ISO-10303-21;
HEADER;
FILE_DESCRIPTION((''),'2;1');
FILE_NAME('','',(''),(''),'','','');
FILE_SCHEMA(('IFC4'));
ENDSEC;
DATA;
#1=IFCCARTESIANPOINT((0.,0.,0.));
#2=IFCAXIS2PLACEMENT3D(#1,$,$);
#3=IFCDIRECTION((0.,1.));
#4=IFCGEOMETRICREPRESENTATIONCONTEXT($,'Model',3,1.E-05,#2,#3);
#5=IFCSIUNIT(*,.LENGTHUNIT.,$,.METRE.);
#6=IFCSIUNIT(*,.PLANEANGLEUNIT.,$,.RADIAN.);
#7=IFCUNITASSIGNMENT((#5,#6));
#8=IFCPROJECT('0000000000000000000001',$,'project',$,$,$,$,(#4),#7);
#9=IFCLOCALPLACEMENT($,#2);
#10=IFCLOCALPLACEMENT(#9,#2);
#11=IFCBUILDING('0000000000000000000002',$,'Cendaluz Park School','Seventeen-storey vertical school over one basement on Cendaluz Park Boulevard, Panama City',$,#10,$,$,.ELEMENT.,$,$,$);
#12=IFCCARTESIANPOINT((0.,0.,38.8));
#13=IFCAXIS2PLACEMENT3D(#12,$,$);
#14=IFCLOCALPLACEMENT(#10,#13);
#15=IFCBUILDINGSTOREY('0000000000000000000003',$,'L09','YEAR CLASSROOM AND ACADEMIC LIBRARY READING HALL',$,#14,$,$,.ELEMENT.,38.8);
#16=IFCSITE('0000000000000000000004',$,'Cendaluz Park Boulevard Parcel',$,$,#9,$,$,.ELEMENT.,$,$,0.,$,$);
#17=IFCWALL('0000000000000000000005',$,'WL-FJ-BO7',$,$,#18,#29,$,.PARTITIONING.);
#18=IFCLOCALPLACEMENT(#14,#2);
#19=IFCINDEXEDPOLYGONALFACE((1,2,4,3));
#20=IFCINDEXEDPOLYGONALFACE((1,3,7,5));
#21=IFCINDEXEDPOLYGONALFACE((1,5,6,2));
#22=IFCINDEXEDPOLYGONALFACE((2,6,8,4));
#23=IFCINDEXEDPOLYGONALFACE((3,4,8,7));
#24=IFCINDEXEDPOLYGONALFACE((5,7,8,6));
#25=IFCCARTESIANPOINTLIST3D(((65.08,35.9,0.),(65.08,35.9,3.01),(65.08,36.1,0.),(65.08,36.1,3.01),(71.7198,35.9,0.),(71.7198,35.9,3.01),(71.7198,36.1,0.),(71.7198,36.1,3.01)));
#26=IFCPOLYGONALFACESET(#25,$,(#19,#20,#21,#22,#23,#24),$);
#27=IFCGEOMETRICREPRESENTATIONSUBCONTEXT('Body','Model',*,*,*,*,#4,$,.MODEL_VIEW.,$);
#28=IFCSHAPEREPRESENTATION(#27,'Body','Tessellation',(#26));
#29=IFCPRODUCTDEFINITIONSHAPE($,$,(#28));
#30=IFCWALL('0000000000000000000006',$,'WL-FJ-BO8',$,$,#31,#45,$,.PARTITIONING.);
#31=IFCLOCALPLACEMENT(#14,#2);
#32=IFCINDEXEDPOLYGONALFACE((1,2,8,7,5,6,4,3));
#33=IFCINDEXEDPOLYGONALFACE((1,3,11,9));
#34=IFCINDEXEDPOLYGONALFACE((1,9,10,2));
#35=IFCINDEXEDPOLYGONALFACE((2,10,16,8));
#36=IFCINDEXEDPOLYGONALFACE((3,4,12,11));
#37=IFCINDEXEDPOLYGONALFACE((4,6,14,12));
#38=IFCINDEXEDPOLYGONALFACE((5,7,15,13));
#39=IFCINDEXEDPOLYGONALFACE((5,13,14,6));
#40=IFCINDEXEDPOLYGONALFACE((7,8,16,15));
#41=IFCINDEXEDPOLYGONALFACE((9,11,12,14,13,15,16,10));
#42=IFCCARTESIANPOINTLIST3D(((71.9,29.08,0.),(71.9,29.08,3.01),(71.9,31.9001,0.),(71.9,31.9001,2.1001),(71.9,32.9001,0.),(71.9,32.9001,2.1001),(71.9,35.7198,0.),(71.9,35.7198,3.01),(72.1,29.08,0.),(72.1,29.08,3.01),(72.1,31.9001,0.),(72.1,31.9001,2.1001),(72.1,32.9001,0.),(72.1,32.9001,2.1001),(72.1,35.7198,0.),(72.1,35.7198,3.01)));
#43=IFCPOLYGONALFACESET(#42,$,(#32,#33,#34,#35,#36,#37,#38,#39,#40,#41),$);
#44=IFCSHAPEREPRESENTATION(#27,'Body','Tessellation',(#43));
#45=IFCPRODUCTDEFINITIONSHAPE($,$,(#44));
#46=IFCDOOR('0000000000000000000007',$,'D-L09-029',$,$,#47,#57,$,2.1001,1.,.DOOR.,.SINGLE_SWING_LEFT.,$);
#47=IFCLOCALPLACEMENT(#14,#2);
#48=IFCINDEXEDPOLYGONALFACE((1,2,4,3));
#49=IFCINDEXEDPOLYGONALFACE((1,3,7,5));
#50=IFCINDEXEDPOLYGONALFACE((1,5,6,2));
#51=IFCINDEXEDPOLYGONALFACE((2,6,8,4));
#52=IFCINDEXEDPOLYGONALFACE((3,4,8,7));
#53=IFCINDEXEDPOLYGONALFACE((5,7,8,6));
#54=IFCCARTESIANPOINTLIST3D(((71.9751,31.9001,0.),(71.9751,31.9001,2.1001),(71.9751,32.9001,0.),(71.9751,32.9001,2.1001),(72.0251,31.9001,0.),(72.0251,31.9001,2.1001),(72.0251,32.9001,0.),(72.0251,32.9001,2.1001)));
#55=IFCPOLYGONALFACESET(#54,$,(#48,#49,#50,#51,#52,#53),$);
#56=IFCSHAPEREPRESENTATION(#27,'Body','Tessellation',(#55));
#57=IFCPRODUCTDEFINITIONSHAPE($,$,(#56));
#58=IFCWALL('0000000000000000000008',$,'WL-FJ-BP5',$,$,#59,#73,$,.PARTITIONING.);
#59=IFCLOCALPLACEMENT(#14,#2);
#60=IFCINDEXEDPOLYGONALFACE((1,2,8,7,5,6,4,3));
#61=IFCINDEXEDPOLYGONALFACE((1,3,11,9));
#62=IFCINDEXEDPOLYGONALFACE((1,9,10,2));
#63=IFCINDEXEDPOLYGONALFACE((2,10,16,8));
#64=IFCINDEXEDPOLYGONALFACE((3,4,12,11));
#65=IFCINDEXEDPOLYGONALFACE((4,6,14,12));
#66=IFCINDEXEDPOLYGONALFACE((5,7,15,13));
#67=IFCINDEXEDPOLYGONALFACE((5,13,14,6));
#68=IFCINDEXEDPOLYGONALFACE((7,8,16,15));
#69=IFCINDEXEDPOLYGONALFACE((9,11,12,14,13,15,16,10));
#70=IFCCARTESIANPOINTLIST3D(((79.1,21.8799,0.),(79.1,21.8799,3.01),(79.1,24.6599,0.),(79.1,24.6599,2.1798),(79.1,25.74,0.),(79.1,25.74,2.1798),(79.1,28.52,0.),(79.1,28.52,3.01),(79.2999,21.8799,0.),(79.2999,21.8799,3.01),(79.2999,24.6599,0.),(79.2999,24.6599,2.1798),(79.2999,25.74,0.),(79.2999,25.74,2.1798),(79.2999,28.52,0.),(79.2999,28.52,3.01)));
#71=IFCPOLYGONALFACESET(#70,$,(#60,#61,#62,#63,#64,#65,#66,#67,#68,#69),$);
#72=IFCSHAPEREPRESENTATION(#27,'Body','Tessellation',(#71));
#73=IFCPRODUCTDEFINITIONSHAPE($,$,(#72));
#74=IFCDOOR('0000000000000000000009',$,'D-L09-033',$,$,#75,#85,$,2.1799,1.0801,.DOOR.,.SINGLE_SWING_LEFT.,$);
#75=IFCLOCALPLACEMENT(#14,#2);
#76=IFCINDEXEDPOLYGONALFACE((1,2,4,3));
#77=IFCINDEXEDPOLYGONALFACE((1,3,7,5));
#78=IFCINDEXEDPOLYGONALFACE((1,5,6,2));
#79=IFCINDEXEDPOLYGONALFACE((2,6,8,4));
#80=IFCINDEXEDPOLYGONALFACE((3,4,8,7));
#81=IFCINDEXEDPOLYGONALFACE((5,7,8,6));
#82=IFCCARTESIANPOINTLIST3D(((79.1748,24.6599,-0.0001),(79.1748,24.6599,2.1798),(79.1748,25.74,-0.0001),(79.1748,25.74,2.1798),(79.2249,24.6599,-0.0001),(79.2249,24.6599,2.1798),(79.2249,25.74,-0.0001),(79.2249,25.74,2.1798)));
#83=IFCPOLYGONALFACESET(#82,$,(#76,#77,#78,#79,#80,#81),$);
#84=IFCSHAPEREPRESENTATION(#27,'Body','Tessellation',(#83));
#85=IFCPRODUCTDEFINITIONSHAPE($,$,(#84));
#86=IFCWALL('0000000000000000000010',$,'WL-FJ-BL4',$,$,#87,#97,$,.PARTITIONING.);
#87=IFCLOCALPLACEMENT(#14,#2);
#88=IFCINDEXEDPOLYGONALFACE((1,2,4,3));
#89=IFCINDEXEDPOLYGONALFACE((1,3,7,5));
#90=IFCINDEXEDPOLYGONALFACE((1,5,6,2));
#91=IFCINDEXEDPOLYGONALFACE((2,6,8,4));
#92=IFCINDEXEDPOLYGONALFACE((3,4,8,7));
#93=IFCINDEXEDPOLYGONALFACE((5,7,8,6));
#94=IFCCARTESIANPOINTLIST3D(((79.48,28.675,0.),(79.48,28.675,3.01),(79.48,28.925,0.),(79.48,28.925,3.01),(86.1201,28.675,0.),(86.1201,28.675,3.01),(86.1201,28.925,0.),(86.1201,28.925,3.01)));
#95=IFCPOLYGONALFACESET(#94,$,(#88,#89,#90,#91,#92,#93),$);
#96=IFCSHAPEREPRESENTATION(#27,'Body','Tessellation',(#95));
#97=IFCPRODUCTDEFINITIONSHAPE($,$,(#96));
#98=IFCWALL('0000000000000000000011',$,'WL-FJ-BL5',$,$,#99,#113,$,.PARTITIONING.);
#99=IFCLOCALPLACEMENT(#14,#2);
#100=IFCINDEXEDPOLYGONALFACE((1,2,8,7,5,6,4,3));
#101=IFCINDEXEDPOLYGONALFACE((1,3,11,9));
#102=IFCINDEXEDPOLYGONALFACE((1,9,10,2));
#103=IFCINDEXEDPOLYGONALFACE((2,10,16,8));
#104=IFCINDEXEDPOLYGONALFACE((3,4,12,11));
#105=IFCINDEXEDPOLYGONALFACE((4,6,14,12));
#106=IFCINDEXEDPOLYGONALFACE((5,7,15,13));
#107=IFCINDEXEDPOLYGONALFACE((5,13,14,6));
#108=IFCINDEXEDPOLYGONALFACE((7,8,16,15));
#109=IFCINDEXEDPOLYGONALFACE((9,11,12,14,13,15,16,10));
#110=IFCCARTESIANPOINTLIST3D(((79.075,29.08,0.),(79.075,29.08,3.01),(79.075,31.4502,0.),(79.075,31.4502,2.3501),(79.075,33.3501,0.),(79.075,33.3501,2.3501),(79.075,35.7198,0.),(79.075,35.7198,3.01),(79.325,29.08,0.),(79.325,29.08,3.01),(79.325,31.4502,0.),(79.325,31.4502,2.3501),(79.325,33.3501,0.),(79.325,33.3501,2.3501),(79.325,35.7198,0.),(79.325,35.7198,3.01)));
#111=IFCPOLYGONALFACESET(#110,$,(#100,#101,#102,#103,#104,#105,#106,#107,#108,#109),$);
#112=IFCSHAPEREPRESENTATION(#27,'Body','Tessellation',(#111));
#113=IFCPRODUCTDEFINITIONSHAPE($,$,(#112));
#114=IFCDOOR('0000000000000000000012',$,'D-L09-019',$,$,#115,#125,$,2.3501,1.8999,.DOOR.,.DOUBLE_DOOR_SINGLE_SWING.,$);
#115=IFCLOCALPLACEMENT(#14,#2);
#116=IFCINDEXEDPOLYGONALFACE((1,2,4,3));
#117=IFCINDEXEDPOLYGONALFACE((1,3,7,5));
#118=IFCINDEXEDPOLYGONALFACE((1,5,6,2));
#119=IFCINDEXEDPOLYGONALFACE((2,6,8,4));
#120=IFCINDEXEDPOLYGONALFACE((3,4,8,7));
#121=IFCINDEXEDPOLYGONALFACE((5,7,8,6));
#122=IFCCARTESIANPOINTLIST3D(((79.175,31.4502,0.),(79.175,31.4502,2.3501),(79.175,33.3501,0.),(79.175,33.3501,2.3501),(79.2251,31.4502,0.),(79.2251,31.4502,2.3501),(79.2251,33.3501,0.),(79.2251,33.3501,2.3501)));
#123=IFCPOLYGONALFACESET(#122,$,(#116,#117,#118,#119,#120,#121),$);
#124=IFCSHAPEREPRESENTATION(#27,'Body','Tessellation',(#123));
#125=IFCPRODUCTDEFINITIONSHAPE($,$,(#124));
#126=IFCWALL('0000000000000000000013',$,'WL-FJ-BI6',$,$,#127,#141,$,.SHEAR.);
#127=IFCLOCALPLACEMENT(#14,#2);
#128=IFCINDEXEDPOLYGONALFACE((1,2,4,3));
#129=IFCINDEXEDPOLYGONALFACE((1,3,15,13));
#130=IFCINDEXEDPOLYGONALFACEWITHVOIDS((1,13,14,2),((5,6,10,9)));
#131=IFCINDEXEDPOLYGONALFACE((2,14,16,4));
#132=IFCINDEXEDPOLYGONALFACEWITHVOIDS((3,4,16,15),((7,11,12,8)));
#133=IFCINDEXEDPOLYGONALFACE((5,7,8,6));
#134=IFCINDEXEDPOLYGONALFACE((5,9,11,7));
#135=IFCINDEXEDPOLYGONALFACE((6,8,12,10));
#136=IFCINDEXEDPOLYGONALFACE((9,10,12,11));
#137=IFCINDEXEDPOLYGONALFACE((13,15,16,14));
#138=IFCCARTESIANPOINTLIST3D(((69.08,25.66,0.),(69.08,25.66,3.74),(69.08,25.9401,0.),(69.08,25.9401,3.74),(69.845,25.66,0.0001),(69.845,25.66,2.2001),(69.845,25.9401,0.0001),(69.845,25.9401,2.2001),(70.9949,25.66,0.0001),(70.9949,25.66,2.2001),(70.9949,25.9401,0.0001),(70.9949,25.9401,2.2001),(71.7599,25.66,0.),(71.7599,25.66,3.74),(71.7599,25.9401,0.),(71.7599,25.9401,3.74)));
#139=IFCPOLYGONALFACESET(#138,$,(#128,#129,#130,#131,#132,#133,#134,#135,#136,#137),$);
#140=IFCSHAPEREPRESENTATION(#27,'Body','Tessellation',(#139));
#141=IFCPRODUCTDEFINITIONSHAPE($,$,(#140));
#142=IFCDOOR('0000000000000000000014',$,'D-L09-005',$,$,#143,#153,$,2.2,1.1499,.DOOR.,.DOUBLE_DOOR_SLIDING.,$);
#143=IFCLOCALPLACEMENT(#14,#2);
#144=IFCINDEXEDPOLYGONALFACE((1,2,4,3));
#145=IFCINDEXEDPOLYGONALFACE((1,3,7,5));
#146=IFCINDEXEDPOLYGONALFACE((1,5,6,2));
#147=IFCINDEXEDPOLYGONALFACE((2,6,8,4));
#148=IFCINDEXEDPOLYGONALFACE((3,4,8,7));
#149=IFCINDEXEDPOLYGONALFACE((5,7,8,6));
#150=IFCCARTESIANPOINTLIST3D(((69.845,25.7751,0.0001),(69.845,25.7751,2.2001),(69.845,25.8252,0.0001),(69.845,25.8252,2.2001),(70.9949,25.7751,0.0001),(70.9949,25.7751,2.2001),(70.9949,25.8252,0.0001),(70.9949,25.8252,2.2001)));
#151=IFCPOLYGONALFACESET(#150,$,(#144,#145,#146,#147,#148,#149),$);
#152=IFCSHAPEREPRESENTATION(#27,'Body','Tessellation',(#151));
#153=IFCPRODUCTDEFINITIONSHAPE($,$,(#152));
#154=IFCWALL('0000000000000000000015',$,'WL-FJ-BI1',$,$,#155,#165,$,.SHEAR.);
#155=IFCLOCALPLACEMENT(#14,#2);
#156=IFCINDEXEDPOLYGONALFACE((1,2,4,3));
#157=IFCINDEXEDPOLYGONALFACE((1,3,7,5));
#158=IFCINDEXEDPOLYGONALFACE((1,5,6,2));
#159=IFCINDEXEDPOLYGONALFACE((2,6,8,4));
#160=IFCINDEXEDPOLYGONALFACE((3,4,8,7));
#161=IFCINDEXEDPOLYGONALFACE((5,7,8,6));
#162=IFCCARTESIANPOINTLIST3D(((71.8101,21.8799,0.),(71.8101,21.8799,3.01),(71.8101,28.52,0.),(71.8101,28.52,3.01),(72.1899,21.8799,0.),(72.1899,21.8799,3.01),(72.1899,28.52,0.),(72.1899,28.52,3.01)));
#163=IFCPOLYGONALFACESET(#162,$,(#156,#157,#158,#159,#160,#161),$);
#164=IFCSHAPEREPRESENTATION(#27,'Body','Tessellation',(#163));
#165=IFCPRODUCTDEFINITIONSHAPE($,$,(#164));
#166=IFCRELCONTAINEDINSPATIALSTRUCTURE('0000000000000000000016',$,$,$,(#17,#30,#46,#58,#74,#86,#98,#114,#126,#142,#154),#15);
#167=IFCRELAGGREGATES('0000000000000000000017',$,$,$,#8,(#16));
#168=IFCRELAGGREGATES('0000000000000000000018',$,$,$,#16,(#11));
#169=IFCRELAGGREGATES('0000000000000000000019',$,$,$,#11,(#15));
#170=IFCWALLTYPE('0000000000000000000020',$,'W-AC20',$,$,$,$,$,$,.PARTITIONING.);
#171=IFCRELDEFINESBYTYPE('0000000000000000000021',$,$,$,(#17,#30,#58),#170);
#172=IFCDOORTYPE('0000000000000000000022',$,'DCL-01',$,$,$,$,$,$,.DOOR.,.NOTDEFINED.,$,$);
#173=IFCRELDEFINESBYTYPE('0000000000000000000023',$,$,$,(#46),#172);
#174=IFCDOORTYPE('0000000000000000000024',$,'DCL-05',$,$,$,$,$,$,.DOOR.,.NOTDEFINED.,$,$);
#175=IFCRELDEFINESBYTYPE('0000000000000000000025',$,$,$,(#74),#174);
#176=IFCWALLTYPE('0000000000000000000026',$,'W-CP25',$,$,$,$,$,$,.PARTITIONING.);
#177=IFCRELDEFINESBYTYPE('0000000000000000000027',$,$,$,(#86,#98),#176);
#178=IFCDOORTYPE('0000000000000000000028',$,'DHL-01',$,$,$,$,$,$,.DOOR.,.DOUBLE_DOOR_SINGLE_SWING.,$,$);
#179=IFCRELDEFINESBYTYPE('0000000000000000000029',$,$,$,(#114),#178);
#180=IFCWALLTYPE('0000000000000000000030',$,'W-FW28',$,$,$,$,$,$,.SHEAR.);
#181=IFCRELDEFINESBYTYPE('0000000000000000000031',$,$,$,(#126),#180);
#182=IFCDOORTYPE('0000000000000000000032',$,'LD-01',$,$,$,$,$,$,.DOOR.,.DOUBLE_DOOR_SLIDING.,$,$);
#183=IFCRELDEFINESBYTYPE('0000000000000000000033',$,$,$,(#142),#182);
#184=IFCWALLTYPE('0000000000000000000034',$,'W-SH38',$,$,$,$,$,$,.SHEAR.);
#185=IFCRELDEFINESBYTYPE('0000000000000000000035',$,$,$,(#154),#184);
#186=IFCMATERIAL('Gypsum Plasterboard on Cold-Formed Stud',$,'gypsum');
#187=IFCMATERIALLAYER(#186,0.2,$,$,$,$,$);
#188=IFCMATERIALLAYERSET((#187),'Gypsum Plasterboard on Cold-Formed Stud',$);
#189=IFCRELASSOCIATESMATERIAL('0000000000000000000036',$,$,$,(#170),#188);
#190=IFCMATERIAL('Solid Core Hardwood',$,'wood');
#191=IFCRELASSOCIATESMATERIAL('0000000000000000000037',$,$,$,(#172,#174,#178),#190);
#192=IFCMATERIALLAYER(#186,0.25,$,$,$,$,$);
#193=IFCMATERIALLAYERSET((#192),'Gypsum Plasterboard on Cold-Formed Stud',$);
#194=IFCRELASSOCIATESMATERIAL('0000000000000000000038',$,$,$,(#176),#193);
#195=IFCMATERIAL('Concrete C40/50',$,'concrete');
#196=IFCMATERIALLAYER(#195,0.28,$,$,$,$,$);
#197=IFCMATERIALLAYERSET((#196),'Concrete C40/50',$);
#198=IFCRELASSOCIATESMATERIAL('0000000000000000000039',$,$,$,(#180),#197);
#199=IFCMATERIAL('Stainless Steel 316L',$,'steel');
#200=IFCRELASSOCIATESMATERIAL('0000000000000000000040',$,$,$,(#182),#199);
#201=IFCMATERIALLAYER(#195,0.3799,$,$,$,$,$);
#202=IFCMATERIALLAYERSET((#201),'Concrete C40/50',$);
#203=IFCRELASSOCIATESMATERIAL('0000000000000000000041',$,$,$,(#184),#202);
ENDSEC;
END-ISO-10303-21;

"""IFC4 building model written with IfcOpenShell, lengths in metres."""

from ifc_helpers import new_model, si_unit, direction, frame, frame_2d, origin, place, context, subcontext, project, spatial, rectangle, extrude, material, layer, layer_set, type_object, element, fill, save


model = new_model("IFC4")

# Units and contexts
model_context = context("Model", 3, precision=1e-05, world=origin(), true_north=direction((0.0, 1.0)))
body_context = subcontext(model_context, "Body", "Model", "MODEL_VIEW")
ifc_project = project(units=[si_unit("LENGTHUNIT", "METRE"), si_unit("PLANEANGLEUNIT", "RADIAN")], contexts=[model_context])

# Site, building, storey
site_placement = place(None, origin())
site = spatial("IfcSite", under=ifc_project, at=site_placement, Name="Cendaluz Park Boulevard Parcel", CompositionType="ELEMENT", RefElevation=0.0)
building_placement = place(site_placement, origin())
building = spatial("IfcBuilding", under=site, at=building_placement, Name="Cendaluz Park School", Description="Seventeen-storey vertical school over one basement on Cendaluz Park Boulevard, Panama City", CompositionType="ELEMENT")
storey_placement = place(building_placement, frame((0.0, 0.0, 38.8)))
storey = spatial("IfcBuildingStorey", under=building, at=storey_placement, Name="L09", Description="YEAR CLASSROOM AND ACADEMIC LIBRARY READING HALL", CompositionType="ELEMENT", Elevation=38.8)

# Wall
ifc_material_1 = material(Name="Gypsum Plasterboard on Cold-Formed Stud", Category="gypsum")
ifc_layer_1 = layer(ifc_material_1, 0.2)
ifc_layer_set_1 = layer_set([ifc_layer_1], Name="Gypsum Plasterboard on Cold-Formed Stud")
wall_type_1 = type_object("IfcWallType", Name="W-AC20", PredefinedType="PARTITIONING", material=ifc_layer_set_1)
wall_1_placement = place(storey_placement, frame((65.0801, 36.0, 0.0), z_axis=(0.0, 0.0, 1.0), x_axis=(1.0, 0.0, 0.0)))
element("IfcWall", 1, at=wall_1_placement, inside=storey, type_object=wall_type_1, Name="WL-FJ-BO7", PredefinedType="PARTITIONING", context=body_context, shape_type="SweptSolid", body=[
    extrude(rectangle(XDim=6.6399, YDim=0.2, at=frame_2d((3.3198, 0.0))), origin(), (0.0, 0.0, 1.0), 3.01),
])

# Walls, openings, doors
wall_2_placement = place(storey_placement, frame((72.0, 29.0801, 0.0), z_axis=(0.0, 0.0, 1.0), x_axis=(0.0, 1.0, 0.0)))
wall_2 = element("IfcWall", 2, at=wall_2_placement, inside=storey, type_object=wall_type_1, Name="WL-FJ-BO8", PredefinedType="PARTITIONING", context=body_context, shape_type="SweptSolid", body=[
    extrude(rectangle(XDim=6.6399, YDim=0.2, at=frame_2d((3.3198, 0.0))), origin(), (0.0, 0.0, 1.0), 3.01),
])
opening_1_placement = place(wall_2_placement, frame((2.8201, 0.0, 0.0)))
opening_1 = element("IfcOpeningElement", 3, at=opening_1_placement, cuts=wall_2, PredefinedType="OPENING", context=body_context, shape_type="SweptSolid", body=[
    extrude(rectangle(XDim=1.0, YDim=2.1001, at=frame_2d((0.5, 1.05))), frame((0.0, 0.1121, 0.0), z_axis=(0.0, -1.0, 0.0), x_axis=(1.0, 0.0, 0.0)), (0.0, 0.0, 1.0), 0.2239),
])
ifc_material_2 = material(Name="Solid Core Hardwood", Category="wood")
door_type_1 = type_object("IfcDoorType", Name="DCL-01", OperationType="NOTDEFINED", PredefinedType="DOOR", material=ifc_material_2)
door_1_placement = place(opening_1_placement, origin())
door_1 = element("IfcDoor", 4, at=door_1_placement, inside=storey, type_object=door_type_1, Name="D-L09-029", OperationType="SINGLE_SWING_LEFT", OverallHeight=2.1001, OverallWidth=1.0, PredefinedType="DOOR", context=body_context, shape_type="SweptSolid", body=[
    extrude(rectangle(XDim=1.0, YDim=2.1001, at=frame_2d((0.5, 1.05))), frame((0.0, 0.0249, 0.0), z_axis=(0.0, -1.0, 0.0), x_axis=(1.0, 0.0, 0.0)), (0.0, 0.0, 1.0), 0.05),
])
fill(opening_1, door_1)
wall_3_placement = place(storey_placement, frame((79.2, 21.8799, 0.0), z_axis=(0.0, 0.0, 1.0), x_axis=(0.0, 1.0, 0.0)))
wall_3 = element("IfcWall", 5, at=wall_3_placement, inside=storey, type_object=wall_type_1, Name="WL-FJ-BP5", PredefinedType="PARTITIONING", context=body_context, shape_type="SweptSolid", body=[
    extrude(rectangle(XDim=6.6401, YDim=0.2, at=frame_2d((3.3201, 0.0))), origin(), (0.0, 0.0, 1.0), 3.01),
])
opening_2_placement = place(wall_3_placement, frame((2.78, 0.0, 0.0)))
opening_2 = element("IfcOpeningElement", 6, at=opening_2_placement, cuts=wall_3, PredefinedType="OPENING", context=body_context, shape_type="SweptSolid", body=[
    extrude(rectangle(XDim=1.0801, YDim=2.1799, at=frame_2d((0.54, 1.0898))), frame((0.0, 0.1121, 0.0), z_axis=(0.0, -1.0, 0.0), x_axis=(1.0, 0.0, 0.0)), (0.0, 0.0, 1.0), 0.2239),
])
door_type_2 = type_object("IfcDoorType", Name="DCL-05", OperationType="NOTDEFINED", PredefinedType="DOOR", material=ifc_material_2)
door_2_placement = place(opening_2_placement, frame((1.0801, 0.0, 0.0), z_axis=(0.0, 0.0, 1.0), x_axis=(-1.0, 0.0, 0.0)))
door_2 = element("IfcDoor", 7, at=door_2_placement, inside=storey, type_object=door_type_2, Name="D-L09-033", OperationType="SINGLE_SWING_LEFT", OverallHeight=2.1799, OverallWidth=1.0801, PredefinedType="DOOR", context=body_context, shape_type="SweptSolid", body=[
    extrude(rectangle(XDim=1.0801, YDim=2.1799, at=frame_2d((0.54, 1.0898))), frame((0.0, 0.0249, 0.0), z_axis=(0.0, -1.0, 0.0), x_axis=(1.0, 0.0, 0.0)), (0.0, 0.0, 1.0), 0.05),
])
fill(opening_2, door_2)

# Wall
ifc_layer_2 = layer(ifc_material_1, 0.25)
ifc_layer_set_2 = layer_set([ifc_layer_2], Name="Gypsum Plasterboard on Cold-Formed Stud")
wall_type_2 = type_object("IfcWallType", Name="W-CP25", PredefinedType="PARTITIONING", material=ifc_layer_set_2)
wall_4_placement = place(storey_placement, frame((79.48, 28.8, 0.0), z_axis=(0.0, 0.0, 1.0), x_axis=(1.0, 0.0, 0.0)))
element("IfcWall", 8, at=wall_4_placement, inside=storey, type_object=wall_type_2, Name="WL-FJ-BL4", PredefinedType="PARTITIONING", context=body_context, shape_type="SweptSolid", body=[
    extrude(rectangle(XDim=6.6401, YDim=0.25, at=frame_2d((3.3201, 0.0))), origin(), (0.0, 0.0, 1.0), 3.01),
])

# Walls, openings, doors
wall_5_placement = place(storey_placement, frame((79.2, 29.0801, 0.0), z_axis=(0.0, 0.0, 1.0), x_axis=(0.0, 1.0, 0.0)))
wall_5 = element("IfcWall", 9, at=wall_5_placement, inside=storey, type_object=wall_type_2, Name="WL-FJ-BL5", PredefinedType="PARTITIONING", context=body_context, shape_type="SweptSolid", body=[
    extrude(rectangle(XDim=6.6399, YDim=0.25, at=frame_2d((3.3198, 0.0))), origin(), (0.0, 0.0, 1.0), 3.01),
])
opening_3_placement = place(wall_5_placement, frame((2.3701, 0.0, 0.0)))
opening_3 = element("IfcOpeningElement", 10, at=opening_3_placement, cuts=wall_5, PredefinedType="OPENING", context=body_context, shape_type="SweptSolid", body=[
    extrude(rectangle(XDim=1.8999, YDim=2.3501, at=frame_2d((0.95, 1.175))), frame((0.0, 0.137, 0.0), z_axis=(0.0, -1.0, 0.0), x_axis=(1.0, 0.0, 0.0)), (0.0, 0.0, 1.0), 0.2739),
])
door_type_3 = type_object("IfcDoorType", Name="DHL-01", OperationType="DOUBLE_DOOR_SINGLE_SWING", PredefinedType="DOOR", material=ifc_material_2)
door_3_placement = place(opening_3_placement, origin())
door_3 = element("IfcDoor", 11, at=door_3_placement, inside=storey, type_object=door_type_3, Name="D-L09-019", OperationType="DOUBLE_DOOR_SINGLE_SWING", OverallHeight=2.3501, OverallWidth=1.8999, PredefinedType="DOOR", context=body_context, shape_type="SweptSolid", body=[
    extrude(rectangle(XDim=1.8999, YDim=2.3501, at=frame_2d((0.95, 1.175))), frame((0.0, 0.0249, 0.0), z_axis=(0.0, -1.0, 0.0), x_axis=(1.0, 0.0, 0.0)), (0.0, 0.0, 1.0), 0.05),
])
fill(opening_3, door_3)
ifc_material_3 = material(Name="Concrete C40/50", Category="concrete")
ifc_layer_3 = layer(ifc_material_3, 0.28)
ifc_layer_set_3 = layer_set([ifc_layer_3], Name="Concrete C40/50")
wall_type_3 = type_object("IfcWallType", Name="W-FW28", PredefinedType="SHEAR", material=ifc_layer_set_3)
wall_6_placement = place(storey_placement, frame((69.0801, 25.8, 0.0), z_axis=(0.0, 0.0, 1.0), x_axis=(1.0, 0.0, 0.0)))
wall_6 = element("IfcWall", 12, at=wall_6_placement, inside=storey, type_object=wall_type_3, Name="WL-FJ-BI6", PredefinedType="SHEAR", context=body_context, shape_type="SweptSolid", body=[
    extrude(rectangle(XDim=2.6799, YDim=0.28, at=frame_2d((1.3398, 0.0))), origin(), (0.0, 0.0, 1.0), 3.74),
])
opening_4_placement = place(wall_6_placement, frame((0.7649, 0.0, 0.0)))
opening_4 = element("IfcOpeningElement", 13, at=opening_4_placement, cuts=wall_6, PredefinedType="OPENING", context=body_context, shape_type="SweptSolid", body=[
    extrude(rectangle(XDim=1.1499, YDim=2.2, at=frame_2d((0.575, 1.1001))), frame((0.0, 0.1521, 0.0), z_axis=(0.0, -1.0, 0.0), x_axis=(1.0, 0.0, 0.0)), (0.0, 0.0, 1.0), 0.304),
])
ifc_material_4 = material(Name="Stainless Steel 316L", Category="steel")
door_type_4 = type_object("IfcDoorType", Name="LD-01", OperationType="DOUBLE_DOOR_SLIDING", PredefinedType="DOOR", material=ifc_material_4)
door_4_placement = place(opening_4_placement, frame((1.1499, 0.0, 0.0), z_axis=(0.0, 0.0, 1.0), x_axis=(-1.0, 0.0, 0.0)))
door_4 = element("IfcDoor", 14, at=door_4_placement, inside=storey, type_object=door_type_4, Name="D-L09-005", OperationType="DOUBLE_DOOR_SLIDING", OverallHeight=2.2, OverallWidth=1.1499, PredefinedType="DOOR", context=body_context, shape_type="SweptSolid", body=[
    extrude(rectangle(XDim=1.1499, YDim=2.2, at=frame_2d((0.575, 1.1001))), frame((0.0, 0.0249, 0.0), z_axis=(0.0, -1.0, 0.0), x_axis=(1.0, 0.0, 0.0)), (0.0, 0.0, 1.0), 0.05),
])
fill(opening_4, door_4)

# Wall
ifc_layer_4 = layer(ifc_material_3, 0.3799)
ifc_layer_set_4 = layer_set([ifc_layer_4], Name="Concrete C40/50")
wall_type_4 = type_object("IfcWallType", Name="W-SH38", PredefinedType="SHEAR", material=ifc_layer_set_4)
wall_7_placement = place(storey_placement, frame((72.0, 21.8799, 0.0), z_axis=(0.0, 0.0, 1.0), x_axis=(0.0, 1.0, 0.0)))
element("IfcWall", 15, at=wall_7_placement, inside=storey, type_object=wall_type_4, Name="WL-FJ-BI1", PredefinedType="SHEAR", context=body_context, shape_type="SweptSolid", body=[
    extrude(rectangle(XDim=6.6401, YDim=0.3799, at=frame_2d((3.3201, 0.0))), origin(), (0.0, 0.0, 1.0), 3.01),
])

save(model, "model.ifc")
